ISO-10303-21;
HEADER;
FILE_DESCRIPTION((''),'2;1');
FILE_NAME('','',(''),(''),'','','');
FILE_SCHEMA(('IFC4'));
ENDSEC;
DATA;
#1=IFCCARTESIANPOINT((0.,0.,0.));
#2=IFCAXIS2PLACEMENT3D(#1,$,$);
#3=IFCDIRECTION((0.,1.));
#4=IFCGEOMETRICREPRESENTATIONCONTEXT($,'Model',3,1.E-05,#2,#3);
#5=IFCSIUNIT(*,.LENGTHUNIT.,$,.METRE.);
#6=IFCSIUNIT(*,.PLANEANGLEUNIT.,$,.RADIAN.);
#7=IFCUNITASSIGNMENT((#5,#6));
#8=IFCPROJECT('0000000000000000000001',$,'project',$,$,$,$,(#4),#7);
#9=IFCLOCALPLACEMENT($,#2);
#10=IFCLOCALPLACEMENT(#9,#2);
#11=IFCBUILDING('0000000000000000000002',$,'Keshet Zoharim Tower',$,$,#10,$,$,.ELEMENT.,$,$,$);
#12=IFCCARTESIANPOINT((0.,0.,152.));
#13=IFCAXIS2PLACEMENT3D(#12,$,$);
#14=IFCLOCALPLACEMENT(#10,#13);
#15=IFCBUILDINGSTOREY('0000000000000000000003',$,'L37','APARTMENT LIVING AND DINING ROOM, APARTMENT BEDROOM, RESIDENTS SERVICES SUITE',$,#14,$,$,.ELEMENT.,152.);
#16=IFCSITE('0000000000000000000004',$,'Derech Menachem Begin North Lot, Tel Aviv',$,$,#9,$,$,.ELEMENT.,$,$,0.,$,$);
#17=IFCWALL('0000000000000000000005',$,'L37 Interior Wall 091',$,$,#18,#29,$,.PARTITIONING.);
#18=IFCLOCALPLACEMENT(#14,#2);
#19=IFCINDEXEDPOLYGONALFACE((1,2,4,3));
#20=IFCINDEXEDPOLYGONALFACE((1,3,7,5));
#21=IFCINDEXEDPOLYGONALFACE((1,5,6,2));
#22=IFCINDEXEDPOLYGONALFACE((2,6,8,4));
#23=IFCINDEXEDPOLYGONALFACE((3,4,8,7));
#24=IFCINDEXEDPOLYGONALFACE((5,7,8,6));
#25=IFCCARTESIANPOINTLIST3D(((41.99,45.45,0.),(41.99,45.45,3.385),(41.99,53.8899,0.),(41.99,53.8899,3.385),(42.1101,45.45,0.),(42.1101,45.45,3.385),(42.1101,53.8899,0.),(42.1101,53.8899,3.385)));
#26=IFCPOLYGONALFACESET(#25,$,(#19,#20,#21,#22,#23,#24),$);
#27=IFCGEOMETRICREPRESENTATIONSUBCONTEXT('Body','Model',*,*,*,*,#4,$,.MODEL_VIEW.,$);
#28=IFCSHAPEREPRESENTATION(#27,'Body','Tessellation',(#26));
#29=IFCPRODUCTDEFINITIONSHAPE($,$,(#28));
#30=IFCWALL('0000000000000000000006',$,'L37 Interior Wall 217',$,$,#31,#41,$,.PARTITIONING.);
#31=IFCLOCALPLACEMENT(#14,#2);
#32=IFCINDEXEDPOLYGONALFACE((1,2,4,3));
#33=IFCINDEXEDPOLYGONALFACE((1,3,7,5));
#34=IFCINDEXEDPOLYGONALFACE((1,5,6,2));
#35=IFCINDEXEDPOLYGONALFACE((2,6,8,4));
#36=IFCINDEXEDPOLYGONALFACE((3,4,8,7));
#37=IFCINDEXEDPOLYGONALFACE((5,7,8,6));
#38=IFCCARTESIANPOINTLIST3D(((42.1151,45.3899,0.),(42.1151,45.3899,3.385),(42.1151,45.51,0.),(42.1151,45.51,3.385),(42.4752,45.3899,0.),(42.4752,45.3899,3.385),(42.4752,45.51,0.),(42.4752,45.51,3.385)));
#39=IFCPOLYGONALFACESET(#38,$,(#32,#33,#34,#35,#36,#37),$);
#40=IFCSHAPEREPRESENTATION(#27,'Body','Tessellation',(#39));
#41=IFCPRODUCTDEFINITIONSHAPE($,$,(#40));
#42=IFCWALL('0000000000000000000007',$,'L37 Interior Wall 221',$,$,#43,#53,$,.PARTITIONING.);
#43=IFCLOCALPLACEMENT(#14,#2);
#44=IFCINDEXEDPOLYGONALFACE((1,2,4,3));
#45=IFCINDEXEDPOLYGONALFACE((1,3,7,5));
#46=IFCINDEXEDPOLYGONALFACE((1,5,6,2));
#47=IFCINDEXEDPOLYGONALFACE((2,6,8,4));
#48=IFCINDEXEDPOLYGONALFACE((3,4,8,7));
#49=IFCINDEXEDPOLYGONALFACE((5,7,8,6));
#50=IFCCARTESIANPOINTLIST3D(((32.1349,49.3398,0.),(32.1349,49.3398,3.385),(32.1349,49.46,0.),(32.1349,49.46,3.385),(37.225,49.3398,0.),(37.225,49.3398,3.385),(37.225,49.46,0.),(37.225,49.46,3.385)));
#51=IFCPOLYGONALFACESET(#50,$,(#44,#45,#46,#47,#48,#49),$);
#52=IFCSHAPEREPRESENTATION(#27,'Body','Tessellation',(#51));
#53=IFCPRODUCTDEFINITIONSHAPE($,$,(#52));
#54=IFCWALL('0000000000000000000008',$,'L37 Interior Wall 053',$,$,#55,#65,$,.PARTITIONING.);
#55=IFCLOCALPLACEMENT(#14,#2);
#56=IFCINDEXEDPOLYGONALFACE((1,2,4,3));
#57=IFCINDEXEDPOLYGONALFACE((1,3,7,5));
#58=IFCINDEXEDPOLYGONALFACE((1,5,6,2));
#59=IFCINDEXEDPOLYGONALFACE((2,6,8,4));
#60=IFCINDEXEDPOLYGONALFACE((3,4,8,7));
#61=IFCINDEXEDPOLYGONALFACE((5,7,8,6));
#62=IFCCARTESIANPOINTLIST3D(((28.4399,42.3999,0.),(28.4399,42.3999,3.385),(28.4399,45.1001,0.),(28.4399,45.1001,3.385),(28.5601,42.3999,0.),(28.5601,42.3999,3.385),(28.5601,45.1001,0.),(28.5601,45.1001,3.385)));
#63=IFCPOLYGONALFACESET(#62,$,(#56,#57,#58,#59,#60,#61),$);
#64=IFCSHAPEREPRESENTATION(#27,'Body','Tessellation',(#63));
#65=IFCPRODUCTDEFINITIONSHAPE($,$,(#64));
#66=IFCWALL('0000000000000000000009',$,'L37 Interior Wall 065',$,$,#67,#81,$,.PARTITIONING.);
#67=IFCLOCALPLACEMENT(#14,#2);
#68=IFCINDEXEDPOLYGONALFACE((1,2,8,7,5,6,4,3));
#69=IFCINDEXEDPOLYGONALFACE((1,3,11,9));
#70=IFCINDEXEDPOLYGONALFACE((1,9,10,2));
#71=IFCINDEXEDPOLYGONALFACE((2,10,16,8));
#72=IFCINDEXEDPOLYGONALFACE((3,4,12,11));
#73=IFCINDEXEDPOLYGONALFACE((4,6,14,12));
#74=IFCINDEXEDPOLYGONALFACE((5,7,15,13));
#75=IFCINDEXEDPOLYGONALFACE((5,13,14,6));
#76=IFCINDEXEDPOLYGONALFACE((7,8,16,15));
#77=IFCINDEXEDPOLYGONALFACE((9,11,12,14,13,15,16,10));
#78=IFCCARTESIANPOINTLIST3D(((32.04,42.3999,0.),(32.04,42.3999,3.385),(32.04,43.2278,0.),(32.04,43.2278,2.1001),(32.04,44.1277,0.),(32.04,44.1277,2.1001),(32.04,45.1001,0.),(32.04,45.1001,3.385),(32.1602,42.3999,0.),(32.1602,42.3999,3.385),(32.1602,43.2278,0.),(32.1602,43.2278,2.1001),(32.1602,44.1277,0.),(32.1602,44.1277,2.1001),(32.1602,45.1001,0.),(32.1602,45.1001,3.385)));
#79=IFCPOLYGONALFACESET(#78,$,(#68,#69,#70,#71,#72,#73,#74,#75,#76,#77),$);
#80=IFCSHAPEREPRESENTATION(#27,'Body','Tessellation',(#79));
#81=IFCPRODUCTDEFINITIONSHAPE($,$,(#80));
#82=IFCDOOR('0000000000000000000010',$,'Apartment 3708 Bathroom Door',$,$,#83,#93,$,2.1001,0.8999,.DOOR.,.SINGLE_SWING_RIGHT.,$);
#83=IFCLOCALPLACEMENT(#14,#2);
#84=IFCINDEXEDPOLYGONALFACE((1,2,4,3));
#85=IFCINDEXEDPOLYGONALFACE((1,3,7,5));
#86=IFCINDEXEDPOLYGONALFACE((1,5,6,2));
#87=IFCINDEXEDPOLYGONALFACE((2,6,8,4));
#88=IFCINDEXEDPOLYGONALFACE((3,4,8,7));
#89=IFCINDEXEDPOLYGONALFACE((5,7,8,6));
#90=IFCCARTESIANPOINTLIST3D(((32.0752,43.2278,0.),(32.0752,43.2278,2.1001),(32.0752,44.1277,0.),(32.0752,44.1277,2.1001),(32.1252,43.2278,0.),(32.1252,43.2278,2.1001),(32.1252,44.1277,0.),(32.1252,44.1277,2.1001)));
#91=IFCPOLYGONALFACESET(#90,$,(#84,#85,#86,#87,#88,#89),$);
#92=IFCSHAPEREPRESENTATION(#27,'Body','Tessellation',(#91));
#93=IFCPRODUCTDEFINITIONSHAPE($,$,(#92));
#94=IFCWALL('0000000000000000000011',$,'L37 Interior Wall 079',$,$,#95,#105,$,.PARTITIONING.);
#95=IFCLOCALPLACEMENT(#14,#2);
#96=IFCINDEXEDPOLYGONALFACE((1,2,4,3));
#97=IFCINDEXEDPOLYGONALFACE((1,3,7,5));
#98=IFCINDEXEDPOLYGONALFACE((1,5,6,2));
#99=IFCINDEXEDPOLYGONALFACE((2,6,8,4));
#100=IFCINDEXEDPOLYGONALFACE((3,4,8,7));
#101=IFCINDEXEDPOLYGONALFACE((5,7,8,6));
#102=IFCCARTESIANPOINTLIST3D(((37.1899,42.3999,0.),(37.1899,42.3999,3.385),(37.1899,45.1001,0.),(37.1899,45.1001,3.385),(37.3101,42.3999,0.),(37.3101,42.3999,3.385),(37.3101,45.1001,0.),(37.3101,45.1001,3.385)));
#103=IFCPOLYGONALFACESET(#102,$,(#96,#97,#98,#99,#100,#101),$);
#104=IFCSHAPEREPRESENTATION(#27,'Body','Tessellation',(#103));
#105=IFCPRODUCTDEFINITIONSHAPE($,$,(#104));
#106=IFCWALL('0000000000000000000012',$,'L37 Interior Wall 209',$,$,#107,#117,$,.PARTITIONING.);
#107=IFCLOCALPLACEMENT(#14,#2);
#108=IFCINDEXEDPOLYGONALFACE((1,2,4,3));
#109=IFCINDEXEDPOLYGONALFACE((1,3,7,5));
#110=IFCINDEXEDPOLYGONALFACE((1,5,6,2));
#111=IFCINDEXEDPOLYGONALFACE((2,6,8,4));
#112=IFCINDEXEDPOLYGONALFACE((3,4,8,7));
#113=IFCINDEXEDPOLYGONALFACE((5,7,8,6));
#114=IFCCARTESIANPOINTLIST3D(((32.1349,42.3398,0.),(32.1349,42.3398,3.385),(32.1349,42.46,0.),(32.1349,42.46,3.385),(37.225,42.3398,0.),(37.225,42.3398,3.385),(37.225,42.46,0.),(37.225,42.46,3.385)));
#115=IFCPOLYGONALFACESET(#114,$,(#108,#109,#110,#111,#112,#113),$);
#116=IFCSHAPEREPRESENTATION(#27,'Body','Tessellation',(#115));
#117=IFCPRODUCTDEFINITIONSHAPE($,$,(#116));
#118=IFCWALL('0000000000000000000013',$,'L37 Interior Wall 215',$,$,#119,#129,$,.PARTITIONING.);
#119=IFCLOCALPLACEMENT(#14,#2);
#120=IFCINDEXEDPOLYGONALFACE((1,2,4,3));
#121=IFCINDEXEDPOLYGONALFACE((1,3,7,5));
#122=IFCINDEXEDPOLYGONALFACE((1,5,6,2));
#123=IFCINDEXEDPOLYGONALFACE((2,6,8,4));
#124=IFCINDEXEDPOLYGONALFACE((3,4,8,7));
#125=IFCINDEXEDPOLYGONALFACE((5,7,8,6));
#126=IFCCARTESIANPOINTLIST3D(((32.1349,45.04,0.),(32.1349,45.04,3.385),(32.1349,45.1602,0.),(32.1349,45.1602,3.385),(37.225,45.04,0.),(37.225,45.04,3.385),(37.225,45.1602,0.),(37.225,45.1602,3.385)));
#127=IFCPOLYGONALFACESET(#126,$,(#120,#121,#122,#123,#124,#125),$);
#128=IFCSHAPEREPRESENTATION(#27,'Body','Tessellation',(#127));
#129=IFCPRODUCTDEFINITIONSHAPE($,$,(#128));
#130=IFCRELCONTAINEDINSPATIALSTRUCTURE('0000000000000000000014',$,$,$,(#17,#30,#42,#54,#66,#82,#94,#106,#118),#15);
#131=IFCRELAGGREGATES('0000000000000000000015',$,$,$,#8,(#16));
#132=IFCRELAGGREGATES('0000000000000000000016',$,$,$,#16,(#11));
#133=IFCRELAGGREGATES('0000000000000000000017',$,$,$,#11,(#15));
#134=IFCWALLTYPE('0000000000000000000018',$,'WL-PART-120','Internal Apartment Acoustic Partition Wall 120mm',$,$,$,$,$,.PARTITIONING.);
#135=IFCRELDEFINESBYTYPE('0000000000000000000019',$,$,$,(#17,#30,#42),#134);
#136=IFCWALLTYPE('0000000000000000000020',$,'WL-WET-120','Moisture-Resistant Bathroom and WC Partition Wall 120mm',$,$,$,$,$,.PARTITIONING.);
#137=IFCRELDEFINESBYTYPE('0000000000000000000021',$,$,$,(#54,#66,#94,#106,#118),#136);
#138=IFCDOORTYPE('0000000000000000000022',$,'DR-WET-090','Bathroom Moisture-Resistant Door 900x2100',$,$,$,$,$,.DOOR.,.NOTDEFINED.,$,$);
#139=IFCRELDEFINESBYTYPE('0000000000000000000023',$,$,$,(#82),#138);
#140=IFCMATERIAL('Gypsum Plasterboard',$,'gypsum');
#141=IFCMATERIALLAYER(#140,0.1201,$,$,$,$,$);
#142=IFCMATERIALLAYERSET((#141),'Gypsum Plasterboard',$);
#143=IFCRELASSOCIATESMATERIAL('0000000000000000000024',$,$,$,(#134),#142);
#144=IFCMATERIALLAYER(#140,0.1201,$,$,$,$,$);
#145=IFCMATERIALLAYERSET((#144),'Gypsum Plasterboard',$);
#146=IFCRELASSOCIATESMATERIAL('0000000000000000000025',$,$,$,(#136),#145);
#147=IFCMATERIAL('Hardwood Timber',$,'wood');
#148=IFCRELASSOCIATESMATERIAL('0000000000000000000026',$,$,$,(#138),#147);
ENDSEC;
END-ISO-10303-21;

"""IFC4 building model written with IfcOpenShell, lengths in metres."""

from ifc_helpers import new_model, si_unit, direction, frame, frame_2d, origin, place, context, subcontext, project, spatial, rectangle, extrude, material, layer, layer_set, type_object, element, fill, save


model = new_model("IFC4")

# Units and contexts
model_context = context("Model", 3, precision=1e-05, world=origin(), true_north=direction((0.0, 1.0)))
body_context = subcontext(model_context, "Body", "Model", "MODEL_VIEW")
ifc_project = project(units=[si_unit("LENGTHUNIT", "METRE"), si_unit("PLANEANGLEUNIT", "RADIAN")], contexts=[model_context])

# Site, building, storey
site_placement = place(None, origin())
site = spatial("IfcSite", under=ifc_project, at=site_placement, Name="Derech Menachem Begin North Lot, Tel Aviv", CompositionType="ELEMENT", RefElevation=0.0)
building_placement = place(site_placement, origin())
building = spatial("IfcBuilding", under=site, at=building_placement, Name="Keshet Zoharim Tower", CompositionType="ELEMENT")
storey_placement = place(building_placement, frame((0.0, 0.0, 152.0)))
storey = spatial("IfcBuildingStorey", under=building, at=storey_placement, Name="L37", Description="APARTMENT LIVING AND DINING ROOM, APARTMENT BEDROOM, RESIDENTS SERVICES SUITE", CompositionType="ELEMENT", Elevation=152.0)

# Shared definitions
ifc_material_1 = material(Name="Gypsum Plasterboard", Category="gypsum")
ifc_layer_1 = layer(ifc_material_1, 0.1201)
ifc_layer_set_1 = layer_set([ifc_layer_1], Name="Gypsum Plasterboard")
wall_type_1 = type_object("IfcWallType", Name="WL-PART-120", Description="Internal Apartment Acoustic Partition Wall 120mm", PredefinedType="PARTITIONING", material=ifc_layer_set_1)

# Shared definitions
ifc_material_2 = material(Name="Hardwood Timber", Category="wood")

# Wall
wall_1_placement = place(storey_placement, frame((42.05, 45.45, 0.0), z_axis=(0.0, 0.0, 1.0), x_axis=(0.0, 1.0, 0.0)))
element("IfcWall", 1, at=wall_1_placement, inside=storey, type_object=wall_type_1, Name="L37 Interior Wall 091", PredefinedType="PARTITIONING", context=body_context, shape_type="SweptSolid", body=[
    extrude(rectangle(XDim=8.4399, YDim=0.1201, at=frame_2d((4.22, 0.0))), origin(), (0.0, 0.0, 1.0), 3.385),
])

# Walls
wall_2_placement = place(storey_placement, frame((42.115, 45.45, 0.0), z_axis=(0.0, 0.0, 1.0), x_axis=(1.0, 0.0, 0.0)))
element("IfcWall", 2, at=wall_2_placement, inside=storey, type_object=wall_type_1, Name="L37 Interior Wall 217", PredefinedType="PARTITIONING", context=body_context, shape_type="SweptSolid", body=[
    extrude(rectangle(XDim=0.3601, YDim=0.1201, at=frame_2d((0.1802, 0.0))), origin(), (0.0, 0.0, 1.0), 3.385),
])
wall_3_placement = place(storey_placement, frame((32.135, 49.3999, 0.0), z_axis=(0.0, 0.0, 1.0), x_axis=(1.0, 0.0, 0.0)))
element("IfcWall", 3, at=wall_3_placement, inside=storey, type_object=wall_type_1, Name="L37 Interior Wall 221", PredefinedType="PARTITIONING", context=body_context, shape_type="SweptSolid", body=[
    extrude(rectangle(XDim=5.0901, YDim=0.1201, at=frame_2d((2.5449, 0.0))), origin(), (0.0, 0.0, 1.0), 3.385),
])
ifc_layer_2 = layer(ifc_material_1, 0.1201)
ifc_layer_set_2 = layer_set([ifc_layer_2], Name="Gypsum Plasterboard")
wall_type_2 = type_object("IfcWallType", Name="WL-WET-120", Description="Moisture-Resistant Bathroom and WC Partition Wall 120mm", PredefinedType="PARTITIONING", material=ifc_layer_set_2)
wall_4_placement = place(storey_placement, frame((28.5, 42.3999, 0.0), z_axis=(0.0, 0.0, 1.0), x_axis=(0.0, 1.0, 0.0)))
element("IfcWall", 4, at=wall_4_placement, inside=storey, type_object=wall_type_2, Name="L37 Interior Wall 053", PredefinedType="PARTITIONING", context=body_context, shape_type="SweptSolid", body=[
    extrude(rectangle(XDim=2.7002, YDim=0.1201, at=frame_2d((1.3501, 0.0))), origin(), (0.0, 0.0, 1.0), 3.385),
])

# Wall, opening, door
wall_5_placement = place(storey_placement, frame((32.1001, 42.3999, 0.0), z_axis=(0.0, 0.0, 1.0), x_axis=(0.0, 1.0, 0.0)))
wall_5 = element("IfcWall", 5, at=wall_5_placement, inside=storey, type_object=wall_type_2, Name="L37 Interior Wall 065", PredefinedType="PARTITIONING", context=body_context, shape_type="SweptSolid", body=[
    extrude(rectangle(XDim=2.7002, YDim=0.1201, at=frame_2d((1.3501, 0.0))), origin(), (0.0, 0.0, 1.0), 3.385),
])
opening_1_placement = place(wall_5_placement, frame((0.8279, 0.0, 0.0)))
opening_1 = element("IfcOpeningElement", 6, at=opening_1_placement, cuts=wall_5, PredefinedType="OPENING", context=body_context, shape_type="SweptSolid", body=[
    extrude(rectangle(XDim=0.8999, YDim=2.1001, at=frame_2d((0.45, 1.05))), frame((0.0, 0.0701, 0.0), z_axis=(0.0, -1.0, 0.0), x_axis=(1.0, 0.0, 0.0)), (0.0, 0.0, 1.0), 0.1401),
])
door_type_1 = type_object("IfcDoorType", Name="DR-WET-090", Description="Bathroom Moisture-Resistant Door 900x2100", OperationType="NOTDEFINED", PredefinedType="DOOR", material=ifc_material_2)
door_1_placement = place(opening_1_placement, origin())
door_1 = element("IfcDoor", 7, at=door_1_placement, inside=storey, type_object=door_type_1, Name="Apartment 3708 Bathroom Door", OperationType="SINGLE_SWING_RIGHT", OverallHeight=2.1001, OverallWidth=0.8999, PredefinedType="DOOR", context=body_context, shape_type="SweptSolid", body=[
    extrude(rectangle(XDim=0.8999, YDim=2.1001, at=frame_2d((0.45, 1.05))), frame((0.0, 0.0249, 0.0), z_axis=(0.0, -1.0, 0.0), x_axis=(1.0, 0.0, 0.0)), (0.0, 0.0, 1.0), 0.05),
])
fill(opening_1, door_1)

# Walls
wall_6_placement = place(storey_placement, frame((37.25, 42.3999, 0.0), z_axis=(0.0, 0.0, 1.0), x_axis=(0.0, 1.0, 0.0)))
element("IfcWall", 8, at=wall_6_placement, inside=storey, type_object=wall_type_2, Name="L37 Interior Wall 079", PredefinedType="PARTITIONING", context=body_context, shape_type="SweptSolid", body=[
    extrude(rectangle(XDim=2.7002, YDim=0.1201, at=frame_2d((1.3501, 0.0))), origin(), (0.0, 0.0, 1.0), 3.385),
])
for number, where, z_axis, x_axis, name in (
    (9, (32.135, 42.3999, 0.0), (0.0, 0.0, 1.0), (1.0, 0.0, 0.0), "L37 Interior Wall 209"),
    (10, (32.135, 45.1001, 0.0), (0.0, 0.0, 1.0), (1.0, 0.0, 0.0), "L37 Interior Wall 215"),
):
    element("IfcWall", number, at=place(storey_placement, frame(where, z_axis=z_axis, x_axis=x_axis)), inside=storey, type_object=wall_type_2, Name=name, PredefinedType="PARTITIONING", context=body_context, shape_type="SweptSolid", body=[
        extrude(rectangle(XDim=5.0901, YDim=0.1201, at=frame_2d((2.5449, 0.0))), origin(), (0.0, 0.0, 1.0), 3.385),
    ])

save(model, "model.ifc")
